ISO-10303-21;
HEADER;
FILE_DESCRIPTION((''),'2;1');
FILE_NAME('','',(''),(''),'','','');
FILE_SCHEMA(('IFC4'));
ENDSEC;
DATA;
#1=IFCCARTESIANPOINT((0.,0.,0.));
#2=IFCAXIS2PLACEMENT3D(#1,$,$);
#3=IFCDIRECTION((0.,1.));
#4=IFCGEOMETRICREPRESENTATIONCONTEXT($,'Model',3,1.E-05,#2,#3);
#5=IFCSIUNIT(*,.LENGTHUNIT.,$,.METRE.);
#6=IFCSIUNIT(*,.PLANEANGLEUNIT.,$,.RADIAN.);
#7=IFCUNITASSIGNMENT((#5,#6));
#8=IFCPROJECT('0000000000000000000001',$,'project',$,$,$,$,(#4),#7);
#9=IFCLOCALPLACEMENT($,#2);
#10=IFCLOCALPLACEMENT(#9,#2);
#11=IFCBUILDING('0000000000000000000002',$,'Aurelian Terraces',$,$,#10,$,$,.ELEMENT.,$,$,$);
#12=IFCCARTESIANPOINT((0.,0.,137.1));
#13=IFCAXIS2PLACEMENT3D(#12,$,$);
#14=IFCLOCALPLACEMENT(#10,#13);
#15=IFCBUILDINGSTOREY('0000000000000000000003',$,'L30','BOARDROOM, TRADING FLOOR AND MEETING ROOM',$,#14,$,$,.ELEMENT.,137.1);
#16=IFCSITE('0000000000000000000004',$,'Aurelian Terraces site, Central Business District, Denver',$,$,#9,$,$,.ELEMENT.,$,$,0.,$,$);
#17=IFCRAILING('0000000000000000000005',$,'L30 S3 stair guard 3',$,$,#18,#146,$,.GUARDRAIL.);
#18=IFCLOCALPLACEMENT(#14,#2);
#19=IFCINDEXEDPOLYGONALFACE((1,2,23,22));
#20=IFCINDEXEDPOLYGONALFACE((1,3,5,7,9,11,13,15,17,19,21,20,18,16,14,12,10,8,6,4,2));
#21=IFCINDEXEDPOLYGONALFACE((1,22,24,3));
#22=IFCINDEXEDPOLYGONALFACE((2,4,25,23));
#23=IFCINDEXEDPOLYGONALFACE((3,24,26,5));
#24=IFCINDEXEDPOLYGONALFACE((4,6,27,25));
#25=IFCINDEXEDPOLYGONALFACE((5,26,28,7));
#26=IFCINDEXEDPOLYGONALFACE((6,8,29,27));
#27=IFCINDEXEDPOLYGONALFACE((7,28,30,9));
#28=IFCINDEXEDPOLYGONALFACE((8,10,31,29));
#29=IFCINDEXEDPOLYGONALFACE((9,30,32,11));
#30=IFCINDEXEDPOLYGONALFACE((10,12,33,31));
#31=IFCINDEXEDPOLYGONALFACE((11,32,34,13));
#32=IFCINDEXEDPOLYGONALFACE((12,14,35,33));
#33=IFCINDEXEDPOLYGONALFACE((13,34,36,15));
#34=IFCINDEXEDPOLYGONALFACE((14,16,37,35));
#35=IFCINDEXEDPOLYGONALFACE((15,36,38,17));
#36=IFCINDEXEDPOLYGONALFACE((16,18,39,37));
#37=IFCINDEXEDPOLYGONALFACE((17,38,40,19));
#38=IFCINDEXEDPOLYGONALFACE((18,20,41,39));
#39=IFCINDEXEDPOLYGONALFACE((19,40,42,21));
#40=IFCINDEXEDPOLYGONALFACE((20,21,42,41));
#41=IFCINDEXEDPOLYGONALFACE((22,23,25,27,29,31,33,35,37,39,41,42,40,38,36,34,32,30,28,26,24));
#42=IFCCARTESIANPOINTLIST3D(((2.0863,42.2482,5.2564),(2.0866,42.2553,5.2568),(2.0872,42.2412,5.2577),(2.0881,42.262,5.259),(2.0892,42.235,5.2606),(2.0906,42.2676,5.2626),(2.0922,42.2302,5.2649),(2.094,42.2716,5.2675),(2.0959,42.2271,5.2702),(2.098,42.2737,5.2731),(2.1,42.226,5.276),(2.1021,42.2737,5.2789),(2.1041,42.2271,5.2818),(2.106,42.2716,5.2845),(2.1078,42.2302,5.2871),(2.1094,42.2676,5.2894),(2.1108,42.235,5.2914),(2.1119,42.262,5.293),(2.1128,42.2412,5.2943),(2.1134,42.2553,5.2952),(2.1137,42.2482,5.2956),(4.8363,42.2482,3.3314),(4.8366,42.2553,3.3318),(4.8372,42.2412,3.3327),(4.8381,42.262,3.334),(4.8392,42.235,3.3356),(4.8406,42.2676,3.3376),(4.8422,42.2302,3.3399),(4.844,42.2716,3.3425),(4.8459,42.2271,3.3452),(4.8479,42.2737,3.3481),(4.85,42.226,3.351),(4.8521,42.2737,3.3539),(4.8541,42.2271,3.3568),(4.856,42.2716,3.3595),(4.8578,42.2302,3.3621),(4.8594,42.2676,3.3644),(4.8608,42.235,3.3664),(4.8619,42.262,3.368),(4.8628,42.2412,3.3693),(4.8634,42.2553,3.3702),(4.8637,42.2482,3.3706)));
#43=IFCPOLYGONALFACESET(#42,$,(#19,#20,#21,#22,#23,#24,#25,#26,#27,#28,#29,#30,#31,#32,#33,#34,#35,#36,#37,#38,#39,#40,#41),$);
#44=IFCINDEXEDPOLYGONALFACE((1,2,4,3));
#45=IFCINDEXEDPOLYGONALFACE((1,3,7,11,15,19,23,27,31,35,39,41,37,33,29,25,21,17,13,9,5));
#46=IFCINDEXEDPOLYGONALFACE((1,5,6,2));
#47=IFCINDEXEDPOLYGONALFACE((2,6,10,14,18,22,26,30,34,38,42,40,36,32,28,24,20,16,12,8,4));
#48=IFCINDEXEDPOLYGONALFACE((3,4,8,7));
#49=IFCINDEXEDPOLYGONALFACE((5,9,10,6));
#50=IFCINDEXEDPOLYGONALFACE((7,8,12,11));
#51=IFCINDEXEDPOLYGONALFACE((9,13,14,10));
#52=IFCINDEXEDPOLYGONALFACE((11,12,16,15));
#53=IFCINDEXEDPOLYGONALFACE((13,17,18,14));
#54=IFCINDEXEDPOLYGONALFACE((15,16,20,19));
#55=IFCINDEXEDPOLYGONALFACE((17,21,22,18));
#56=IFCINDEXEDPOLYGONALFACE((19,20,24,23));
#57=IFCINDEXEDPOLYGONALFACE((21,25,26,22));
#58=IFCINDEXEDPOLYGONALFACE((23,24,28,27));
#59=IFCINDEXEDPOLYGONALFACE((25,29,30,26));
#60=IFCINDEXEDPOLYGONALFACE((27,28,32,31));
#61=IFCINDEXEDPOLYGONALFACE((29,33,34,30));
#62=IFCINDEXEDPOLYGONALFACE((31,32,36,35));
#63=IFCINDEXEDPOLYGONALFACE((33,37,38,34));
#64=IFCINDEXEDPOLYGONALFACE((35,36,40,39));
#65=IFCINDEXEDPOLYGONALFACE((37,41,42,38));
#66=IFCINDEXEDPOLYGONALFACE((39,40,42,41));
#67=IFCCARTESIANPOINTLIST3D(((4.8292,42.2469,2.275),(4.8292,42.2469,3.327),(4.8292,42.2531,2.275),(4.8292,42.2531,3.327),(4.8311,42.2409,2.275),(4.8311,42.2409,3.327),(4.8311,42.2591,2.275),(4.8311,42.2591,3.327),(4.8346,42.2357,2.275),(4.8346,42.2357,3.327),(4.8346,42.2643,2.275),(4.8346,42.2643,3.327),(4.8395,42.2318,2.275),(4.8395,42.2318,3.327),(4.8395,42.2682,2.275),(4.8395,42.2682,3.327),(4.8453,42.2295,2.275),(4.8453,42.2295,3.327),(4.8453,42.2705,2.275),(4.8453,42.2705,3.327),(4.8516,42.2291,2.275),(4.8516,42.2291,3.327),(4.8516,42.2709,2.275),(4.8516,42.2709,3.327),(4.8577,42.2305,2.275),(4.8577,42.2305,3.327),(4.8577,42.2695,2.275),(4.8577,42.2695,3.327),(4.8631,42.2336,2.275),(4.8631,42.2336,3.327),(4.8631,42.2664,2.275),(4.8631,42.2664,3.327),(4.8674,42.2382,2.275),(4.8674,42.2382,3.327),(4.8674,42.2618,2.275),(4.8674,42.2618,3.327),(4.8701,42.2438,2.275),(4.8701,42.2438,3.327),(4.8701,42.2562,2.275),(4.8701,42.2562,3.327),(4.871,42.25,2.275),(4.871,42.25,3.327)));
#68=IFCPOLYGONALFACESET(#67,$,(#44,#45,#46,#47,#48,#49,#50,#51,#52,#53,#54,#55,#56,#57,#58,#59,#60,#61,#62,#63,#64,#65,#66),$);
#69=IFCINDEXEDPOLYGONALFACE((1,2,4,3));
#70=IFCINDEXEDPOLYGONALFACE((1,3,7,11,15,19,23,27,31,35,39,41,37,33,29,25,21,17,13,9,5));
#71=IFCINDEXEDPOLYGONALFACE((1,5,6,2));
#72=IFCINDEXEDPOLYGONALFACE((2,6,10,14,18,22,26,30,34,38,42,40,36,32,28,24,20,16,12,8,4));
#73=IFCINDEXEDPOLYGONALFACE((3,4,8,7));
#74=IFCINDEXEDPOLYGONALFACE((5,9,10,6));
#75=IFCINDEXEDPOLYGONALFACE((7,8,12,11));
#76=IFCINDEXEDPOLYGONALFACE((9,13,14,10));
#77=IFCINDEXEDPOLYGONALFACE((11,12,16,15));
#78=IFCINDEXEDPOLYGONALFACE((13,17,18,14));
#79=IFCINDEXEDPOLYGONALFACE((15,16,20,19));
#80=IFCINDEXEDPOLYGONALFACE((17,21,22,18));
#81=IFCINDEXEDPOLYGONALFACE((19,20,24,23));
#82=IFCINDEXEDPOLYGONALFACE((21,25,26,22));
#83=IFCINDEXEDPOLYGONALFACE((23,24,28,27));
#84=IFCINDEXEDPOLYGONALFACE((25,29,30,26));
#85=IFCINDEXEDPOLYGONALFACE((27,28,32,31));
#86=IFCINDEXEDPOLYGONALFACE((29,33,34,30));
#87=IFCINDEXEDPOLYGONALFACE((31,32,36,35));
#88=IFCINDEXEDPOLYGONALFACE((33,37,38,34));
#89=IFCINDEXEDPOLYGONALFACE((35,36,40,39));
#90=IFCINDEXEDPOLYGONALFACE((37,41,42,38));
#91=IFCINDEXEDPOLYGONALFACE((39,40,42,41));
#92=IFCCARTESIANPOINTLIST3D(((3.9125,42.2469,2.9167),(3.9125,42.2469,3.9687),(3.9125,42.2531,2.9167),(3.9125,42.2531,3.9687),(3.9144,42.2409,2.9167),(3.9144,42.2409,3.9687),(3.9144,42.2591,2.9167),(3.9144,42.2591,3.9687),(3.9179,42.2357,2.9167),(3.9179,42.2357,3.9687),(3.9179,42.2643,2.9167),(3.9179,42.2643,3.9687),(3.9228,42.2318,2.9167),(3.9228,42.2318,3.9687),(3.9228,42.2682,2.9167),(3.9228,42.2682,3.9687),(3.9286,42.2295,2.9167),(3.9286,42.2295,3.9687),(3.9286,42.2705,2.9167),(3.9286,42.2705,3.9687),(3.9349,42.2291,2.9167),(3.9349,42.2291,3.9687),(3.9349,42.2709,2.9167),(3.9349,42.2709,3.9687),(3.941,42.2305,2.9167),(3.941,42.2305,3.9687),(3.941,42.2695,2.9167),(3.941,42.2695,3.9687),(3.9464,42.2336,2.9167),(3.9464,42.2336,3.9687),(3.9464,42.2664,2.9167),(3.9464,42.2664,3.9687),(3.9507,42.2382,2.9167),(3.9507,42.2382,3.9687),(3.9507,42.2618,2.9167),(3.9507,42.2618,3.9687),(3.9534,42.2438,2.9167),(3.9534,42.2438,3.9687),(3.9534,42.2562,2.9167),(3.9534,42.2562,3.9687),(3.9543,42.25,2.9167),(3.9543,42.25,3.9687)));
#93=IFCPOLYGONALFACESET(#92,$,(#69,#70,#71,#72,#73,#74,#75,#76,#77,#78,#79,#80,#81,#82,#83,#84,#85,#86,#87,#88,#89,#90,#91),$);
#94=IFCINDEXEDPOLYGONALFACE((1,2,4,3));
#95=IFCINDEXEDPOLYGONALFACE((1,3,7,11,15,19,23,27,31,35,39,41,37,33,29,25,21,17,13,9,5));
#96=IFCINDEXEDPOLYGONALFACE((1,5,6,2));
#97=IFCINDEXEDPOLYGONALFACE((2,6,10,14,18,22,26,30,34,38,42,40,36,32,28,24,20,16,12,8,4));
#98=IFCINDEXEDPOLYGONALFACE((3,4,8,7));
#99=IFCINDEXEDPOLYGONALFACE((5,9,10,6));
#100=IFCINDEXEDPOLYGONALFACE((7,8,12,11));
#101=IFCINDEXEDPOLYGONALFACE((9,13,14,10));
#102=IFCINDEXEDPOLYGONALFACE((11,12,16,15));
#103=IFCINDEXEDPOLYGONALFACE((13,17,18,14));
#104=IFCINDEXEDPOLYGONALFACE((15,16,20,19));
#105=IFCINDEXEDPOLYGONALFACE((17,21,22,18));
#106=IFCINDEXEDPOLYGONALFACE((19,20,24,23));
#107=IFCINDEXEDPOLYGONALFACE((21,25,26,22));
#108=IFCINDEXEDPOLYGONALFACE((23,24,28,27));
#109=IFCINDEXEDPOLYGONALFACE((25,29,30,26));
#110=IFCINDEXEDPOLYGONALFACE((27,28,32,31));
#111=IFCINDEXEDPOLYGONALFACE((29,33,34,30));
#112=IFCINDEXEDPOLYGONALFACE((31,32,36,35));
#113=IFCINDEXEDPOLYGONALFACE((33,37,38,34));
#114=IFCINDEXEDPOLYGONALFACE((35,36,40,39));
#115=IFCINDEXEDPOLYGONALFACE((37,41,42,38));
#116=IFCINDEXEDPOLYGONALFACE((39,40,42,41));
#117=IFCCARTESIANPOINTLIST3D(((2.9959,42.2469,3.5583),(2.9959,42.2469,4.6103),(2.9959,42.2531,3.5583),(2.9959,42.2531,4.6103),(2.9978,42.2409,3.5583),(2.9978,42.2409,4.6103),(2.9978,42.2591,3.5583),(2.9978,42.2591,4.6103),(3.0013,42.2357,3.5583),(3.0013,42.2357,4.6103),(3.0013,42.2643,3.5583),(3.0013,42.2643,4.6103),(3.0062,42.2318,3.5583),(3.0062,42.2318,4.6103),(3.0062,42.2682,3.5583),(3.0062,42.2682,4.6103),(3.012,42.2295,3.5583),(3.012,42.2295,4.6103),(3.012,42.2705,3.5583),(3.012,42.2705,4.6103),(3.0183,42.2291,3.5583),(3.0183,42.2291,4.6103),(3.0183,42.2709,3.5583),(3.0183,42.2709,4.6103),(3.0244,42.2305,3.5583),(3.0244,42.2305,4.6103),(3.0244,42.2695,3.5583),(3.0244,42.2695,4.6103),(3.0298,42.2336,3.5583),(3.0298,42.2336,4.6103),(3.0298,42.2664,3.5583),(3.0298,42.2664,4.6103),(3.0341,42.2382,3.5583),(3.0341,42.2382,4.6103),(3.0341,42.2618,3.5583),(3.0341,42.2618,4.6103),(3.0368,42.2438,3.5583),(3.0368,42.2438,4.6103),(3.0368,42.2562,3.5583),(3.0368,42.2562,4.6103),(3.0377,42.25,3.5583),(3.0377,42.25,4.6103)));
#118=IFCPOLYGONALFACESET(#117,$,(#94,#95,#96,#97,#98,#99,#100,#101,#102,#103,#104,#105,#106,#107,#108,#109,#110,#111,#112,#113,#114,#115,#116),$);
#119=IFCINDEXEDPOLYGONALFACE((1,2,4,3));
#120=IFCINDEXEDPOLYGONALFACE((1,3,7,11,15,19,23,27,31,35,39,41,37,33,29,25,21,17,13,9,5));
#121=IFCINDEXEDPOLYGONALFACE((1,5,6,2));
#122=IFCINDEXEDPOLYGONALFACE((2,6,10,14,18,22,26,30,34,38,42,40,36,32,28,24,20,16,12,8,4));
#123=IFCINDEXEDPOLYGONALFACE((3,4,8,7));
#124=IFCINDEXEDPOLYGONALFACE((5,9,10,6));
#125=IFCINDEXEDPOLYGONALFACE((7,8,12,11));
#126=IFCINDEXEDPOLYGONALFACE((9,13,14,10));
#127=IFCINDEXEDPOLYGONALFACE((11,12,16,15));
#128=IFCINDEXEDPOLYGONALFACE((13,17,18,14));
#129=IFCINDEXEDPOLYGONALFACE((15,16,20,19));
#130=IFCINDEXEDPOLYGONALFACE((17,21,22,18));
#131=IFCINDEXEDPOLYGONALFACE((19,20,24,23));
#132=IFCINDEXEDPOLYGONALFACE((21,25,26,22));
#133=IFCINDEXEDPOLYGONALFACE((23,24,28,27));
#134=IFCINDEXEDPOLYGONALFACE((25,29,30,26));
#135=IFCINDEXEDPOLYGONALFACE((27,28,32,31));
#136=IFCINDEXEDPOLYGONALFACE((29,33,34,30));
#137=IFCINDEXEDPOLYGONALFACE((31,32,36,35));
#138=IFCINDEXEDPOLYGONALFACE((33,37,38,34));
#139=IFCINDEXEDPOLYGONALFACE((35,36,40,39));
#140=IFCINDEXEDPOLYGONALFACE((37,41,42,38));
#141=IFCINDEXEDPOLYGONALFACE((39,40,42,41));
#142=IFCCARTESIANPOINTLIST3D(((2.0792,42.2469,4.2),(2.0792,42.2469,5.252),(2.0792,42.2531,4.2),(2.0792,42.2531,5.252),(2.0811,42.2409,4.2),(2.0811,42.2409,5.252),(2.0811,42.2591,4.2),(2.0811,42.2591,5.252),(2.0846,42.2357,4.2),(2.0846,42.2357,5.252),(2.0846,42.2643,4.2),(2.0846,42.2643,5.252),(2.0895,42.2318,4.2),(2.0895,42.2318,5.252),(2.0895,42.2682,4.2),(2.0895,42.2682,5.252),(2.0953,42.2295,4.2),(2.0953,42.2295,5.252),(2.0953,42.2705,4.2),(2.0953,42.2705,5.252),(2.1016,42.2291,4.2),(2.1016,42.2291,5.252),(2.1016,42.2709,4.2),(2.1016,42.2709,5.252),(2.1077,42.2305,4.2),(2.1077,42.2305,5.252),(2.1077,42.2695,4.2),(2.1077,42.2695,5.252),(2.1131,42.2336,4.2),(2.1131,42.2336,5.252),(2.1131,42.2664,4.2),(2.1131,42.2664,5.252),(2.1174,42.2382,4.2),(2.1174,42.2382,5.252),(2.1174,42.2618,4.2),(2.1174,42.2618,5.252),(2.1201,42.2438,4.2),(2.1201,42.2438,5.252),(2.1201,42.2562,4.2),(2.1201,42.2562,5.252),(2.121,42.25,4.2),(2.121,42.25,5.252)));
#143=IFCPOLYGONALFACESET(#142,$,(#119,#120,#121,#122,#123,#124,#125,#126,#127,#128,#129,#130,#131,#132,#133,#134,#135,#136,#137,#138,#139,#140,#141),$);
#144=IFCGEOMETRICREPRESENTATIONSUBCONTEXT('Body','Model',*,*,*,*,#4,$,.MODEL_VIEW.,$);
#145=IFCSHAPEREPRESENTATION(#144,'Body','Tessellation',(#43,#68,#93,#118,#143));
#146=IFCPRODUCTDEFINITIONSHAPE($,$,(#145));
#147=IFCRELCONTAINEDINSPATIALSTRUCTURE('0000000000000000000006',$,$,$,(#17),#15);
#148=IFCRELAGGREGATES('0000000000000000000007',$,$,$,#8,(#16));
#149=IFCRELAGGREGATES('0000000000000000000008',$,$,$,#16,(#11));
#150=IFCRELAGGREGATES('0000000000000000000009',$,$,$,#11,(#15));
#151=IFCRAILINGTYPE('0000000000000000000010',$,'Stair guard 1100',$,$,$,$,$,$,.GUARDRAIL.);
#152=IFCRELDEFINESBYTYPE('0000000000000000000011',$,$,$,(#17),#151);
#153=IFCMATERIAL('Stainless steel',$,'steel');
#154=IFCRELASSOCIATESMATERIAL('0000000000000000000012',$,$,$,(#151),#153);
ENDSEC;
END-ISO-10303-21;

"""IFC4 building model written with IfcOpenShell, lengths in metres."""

from ifc_helpers import new_model, si_unit, direction, frame, origin, origin_2d, place, context, subcontext, project, spatial, circle, extrude, source, transform, mapped, material, type_object, element, save


model = new_model("IFC4")

# Units and contexts
model_context = context("Model", 3, precision=1e-05, world=origin(), true_north=direction((0.0, 1.0)))
body_context = subcontext(model_context, "Body", "Model", "MODEL_VIEW")
ifc_project = project(units=[si_unit("LENGTHUNIT", "METRE"), si_unit("PLANEANGLEUNIT", "RADIAN")], contexts=[model_context])

# Site, building, storey
site_placement = place(None, origin())
site = spatial("IfcSite", under=ifc_project, at=site_placement, Name="Aurelian Terraces site, Central Business District, Denver", CompositionType="ELEMENT", RefElevation=0.0)
building_placement = place(site_placement, origin())
building = spatial("IfcBuilding", under=site, at=building_placement, Name="Aurelian Terraces", CompositionType="ELEMENT")
storey_placement = place(building_placement, frame((0.0, 0.0, 137.1)))
storey = spatial("IfcBuildingStorey", under=building, at=storey_placement, Name="L30", Description="BOARDROOM, TRADING FLOOR AND MEETING ROOM", CompositionType="ELEMENT", Elevation=137.1)

# Railing
ifc_material_1 = material(Name="Stainless steel", Category="steel")
railing_type_1 = type_object("IfcRailingType", Name="Stair guard 1100", PredefinedType="GUARDRAIL", material=ifc_material_1)
shared_shape_1 = source(origin(), body_context, "Body", "SweptSolid", [
    extrude(circle(Radius=0.024, at=origin_2d()), frame((0.0, 0.0, 1.076), z_axis=(-0.819232, 0.0, 0.573462), x_axis=(0.0, -1.0, 0.0)), (0.0, 0.0, 1.0), 3.3568),
    extrude(circle(Radius=0.021, at=origin_2d()), origin(), (0.0, 0.0, 1.0), 1.052),
    extrude(circle(Radius=0.021, at=origin_2d()), frame((-0.9167, 0.0, 0.6417)), (0.0, 0.0, 1.0), 1.052),
    extrude(circle(Radius=0.021, at=origin_2d()), frame((-1.8333, 0.0, 1.2833)), (0.0, 0.0, 1.0), 1.052),
    extrude(circle(Radius=0.021, at=origin_2d()), frame((-2.75, 0.0, 1.925)), (0.0, 0.0, 1.0), 1.052),
])
railing_1_placement = place(storey_placement, frame((4.85, 42.25, 2.275)))
element("IfcRailing", 1, at=railing_1_placement, inside=storey, type_object=railing_type_1, Name="L30 S3 stair guard 3", PredefinedType="GUARDRAIL", context=body_context, shape_type="MappedRepresentation", body=[
    mapped(shared_shape_1, transform((0.0, 0.0, 0.0), scale=1.0)),
])

save(model, "model.ifc")
